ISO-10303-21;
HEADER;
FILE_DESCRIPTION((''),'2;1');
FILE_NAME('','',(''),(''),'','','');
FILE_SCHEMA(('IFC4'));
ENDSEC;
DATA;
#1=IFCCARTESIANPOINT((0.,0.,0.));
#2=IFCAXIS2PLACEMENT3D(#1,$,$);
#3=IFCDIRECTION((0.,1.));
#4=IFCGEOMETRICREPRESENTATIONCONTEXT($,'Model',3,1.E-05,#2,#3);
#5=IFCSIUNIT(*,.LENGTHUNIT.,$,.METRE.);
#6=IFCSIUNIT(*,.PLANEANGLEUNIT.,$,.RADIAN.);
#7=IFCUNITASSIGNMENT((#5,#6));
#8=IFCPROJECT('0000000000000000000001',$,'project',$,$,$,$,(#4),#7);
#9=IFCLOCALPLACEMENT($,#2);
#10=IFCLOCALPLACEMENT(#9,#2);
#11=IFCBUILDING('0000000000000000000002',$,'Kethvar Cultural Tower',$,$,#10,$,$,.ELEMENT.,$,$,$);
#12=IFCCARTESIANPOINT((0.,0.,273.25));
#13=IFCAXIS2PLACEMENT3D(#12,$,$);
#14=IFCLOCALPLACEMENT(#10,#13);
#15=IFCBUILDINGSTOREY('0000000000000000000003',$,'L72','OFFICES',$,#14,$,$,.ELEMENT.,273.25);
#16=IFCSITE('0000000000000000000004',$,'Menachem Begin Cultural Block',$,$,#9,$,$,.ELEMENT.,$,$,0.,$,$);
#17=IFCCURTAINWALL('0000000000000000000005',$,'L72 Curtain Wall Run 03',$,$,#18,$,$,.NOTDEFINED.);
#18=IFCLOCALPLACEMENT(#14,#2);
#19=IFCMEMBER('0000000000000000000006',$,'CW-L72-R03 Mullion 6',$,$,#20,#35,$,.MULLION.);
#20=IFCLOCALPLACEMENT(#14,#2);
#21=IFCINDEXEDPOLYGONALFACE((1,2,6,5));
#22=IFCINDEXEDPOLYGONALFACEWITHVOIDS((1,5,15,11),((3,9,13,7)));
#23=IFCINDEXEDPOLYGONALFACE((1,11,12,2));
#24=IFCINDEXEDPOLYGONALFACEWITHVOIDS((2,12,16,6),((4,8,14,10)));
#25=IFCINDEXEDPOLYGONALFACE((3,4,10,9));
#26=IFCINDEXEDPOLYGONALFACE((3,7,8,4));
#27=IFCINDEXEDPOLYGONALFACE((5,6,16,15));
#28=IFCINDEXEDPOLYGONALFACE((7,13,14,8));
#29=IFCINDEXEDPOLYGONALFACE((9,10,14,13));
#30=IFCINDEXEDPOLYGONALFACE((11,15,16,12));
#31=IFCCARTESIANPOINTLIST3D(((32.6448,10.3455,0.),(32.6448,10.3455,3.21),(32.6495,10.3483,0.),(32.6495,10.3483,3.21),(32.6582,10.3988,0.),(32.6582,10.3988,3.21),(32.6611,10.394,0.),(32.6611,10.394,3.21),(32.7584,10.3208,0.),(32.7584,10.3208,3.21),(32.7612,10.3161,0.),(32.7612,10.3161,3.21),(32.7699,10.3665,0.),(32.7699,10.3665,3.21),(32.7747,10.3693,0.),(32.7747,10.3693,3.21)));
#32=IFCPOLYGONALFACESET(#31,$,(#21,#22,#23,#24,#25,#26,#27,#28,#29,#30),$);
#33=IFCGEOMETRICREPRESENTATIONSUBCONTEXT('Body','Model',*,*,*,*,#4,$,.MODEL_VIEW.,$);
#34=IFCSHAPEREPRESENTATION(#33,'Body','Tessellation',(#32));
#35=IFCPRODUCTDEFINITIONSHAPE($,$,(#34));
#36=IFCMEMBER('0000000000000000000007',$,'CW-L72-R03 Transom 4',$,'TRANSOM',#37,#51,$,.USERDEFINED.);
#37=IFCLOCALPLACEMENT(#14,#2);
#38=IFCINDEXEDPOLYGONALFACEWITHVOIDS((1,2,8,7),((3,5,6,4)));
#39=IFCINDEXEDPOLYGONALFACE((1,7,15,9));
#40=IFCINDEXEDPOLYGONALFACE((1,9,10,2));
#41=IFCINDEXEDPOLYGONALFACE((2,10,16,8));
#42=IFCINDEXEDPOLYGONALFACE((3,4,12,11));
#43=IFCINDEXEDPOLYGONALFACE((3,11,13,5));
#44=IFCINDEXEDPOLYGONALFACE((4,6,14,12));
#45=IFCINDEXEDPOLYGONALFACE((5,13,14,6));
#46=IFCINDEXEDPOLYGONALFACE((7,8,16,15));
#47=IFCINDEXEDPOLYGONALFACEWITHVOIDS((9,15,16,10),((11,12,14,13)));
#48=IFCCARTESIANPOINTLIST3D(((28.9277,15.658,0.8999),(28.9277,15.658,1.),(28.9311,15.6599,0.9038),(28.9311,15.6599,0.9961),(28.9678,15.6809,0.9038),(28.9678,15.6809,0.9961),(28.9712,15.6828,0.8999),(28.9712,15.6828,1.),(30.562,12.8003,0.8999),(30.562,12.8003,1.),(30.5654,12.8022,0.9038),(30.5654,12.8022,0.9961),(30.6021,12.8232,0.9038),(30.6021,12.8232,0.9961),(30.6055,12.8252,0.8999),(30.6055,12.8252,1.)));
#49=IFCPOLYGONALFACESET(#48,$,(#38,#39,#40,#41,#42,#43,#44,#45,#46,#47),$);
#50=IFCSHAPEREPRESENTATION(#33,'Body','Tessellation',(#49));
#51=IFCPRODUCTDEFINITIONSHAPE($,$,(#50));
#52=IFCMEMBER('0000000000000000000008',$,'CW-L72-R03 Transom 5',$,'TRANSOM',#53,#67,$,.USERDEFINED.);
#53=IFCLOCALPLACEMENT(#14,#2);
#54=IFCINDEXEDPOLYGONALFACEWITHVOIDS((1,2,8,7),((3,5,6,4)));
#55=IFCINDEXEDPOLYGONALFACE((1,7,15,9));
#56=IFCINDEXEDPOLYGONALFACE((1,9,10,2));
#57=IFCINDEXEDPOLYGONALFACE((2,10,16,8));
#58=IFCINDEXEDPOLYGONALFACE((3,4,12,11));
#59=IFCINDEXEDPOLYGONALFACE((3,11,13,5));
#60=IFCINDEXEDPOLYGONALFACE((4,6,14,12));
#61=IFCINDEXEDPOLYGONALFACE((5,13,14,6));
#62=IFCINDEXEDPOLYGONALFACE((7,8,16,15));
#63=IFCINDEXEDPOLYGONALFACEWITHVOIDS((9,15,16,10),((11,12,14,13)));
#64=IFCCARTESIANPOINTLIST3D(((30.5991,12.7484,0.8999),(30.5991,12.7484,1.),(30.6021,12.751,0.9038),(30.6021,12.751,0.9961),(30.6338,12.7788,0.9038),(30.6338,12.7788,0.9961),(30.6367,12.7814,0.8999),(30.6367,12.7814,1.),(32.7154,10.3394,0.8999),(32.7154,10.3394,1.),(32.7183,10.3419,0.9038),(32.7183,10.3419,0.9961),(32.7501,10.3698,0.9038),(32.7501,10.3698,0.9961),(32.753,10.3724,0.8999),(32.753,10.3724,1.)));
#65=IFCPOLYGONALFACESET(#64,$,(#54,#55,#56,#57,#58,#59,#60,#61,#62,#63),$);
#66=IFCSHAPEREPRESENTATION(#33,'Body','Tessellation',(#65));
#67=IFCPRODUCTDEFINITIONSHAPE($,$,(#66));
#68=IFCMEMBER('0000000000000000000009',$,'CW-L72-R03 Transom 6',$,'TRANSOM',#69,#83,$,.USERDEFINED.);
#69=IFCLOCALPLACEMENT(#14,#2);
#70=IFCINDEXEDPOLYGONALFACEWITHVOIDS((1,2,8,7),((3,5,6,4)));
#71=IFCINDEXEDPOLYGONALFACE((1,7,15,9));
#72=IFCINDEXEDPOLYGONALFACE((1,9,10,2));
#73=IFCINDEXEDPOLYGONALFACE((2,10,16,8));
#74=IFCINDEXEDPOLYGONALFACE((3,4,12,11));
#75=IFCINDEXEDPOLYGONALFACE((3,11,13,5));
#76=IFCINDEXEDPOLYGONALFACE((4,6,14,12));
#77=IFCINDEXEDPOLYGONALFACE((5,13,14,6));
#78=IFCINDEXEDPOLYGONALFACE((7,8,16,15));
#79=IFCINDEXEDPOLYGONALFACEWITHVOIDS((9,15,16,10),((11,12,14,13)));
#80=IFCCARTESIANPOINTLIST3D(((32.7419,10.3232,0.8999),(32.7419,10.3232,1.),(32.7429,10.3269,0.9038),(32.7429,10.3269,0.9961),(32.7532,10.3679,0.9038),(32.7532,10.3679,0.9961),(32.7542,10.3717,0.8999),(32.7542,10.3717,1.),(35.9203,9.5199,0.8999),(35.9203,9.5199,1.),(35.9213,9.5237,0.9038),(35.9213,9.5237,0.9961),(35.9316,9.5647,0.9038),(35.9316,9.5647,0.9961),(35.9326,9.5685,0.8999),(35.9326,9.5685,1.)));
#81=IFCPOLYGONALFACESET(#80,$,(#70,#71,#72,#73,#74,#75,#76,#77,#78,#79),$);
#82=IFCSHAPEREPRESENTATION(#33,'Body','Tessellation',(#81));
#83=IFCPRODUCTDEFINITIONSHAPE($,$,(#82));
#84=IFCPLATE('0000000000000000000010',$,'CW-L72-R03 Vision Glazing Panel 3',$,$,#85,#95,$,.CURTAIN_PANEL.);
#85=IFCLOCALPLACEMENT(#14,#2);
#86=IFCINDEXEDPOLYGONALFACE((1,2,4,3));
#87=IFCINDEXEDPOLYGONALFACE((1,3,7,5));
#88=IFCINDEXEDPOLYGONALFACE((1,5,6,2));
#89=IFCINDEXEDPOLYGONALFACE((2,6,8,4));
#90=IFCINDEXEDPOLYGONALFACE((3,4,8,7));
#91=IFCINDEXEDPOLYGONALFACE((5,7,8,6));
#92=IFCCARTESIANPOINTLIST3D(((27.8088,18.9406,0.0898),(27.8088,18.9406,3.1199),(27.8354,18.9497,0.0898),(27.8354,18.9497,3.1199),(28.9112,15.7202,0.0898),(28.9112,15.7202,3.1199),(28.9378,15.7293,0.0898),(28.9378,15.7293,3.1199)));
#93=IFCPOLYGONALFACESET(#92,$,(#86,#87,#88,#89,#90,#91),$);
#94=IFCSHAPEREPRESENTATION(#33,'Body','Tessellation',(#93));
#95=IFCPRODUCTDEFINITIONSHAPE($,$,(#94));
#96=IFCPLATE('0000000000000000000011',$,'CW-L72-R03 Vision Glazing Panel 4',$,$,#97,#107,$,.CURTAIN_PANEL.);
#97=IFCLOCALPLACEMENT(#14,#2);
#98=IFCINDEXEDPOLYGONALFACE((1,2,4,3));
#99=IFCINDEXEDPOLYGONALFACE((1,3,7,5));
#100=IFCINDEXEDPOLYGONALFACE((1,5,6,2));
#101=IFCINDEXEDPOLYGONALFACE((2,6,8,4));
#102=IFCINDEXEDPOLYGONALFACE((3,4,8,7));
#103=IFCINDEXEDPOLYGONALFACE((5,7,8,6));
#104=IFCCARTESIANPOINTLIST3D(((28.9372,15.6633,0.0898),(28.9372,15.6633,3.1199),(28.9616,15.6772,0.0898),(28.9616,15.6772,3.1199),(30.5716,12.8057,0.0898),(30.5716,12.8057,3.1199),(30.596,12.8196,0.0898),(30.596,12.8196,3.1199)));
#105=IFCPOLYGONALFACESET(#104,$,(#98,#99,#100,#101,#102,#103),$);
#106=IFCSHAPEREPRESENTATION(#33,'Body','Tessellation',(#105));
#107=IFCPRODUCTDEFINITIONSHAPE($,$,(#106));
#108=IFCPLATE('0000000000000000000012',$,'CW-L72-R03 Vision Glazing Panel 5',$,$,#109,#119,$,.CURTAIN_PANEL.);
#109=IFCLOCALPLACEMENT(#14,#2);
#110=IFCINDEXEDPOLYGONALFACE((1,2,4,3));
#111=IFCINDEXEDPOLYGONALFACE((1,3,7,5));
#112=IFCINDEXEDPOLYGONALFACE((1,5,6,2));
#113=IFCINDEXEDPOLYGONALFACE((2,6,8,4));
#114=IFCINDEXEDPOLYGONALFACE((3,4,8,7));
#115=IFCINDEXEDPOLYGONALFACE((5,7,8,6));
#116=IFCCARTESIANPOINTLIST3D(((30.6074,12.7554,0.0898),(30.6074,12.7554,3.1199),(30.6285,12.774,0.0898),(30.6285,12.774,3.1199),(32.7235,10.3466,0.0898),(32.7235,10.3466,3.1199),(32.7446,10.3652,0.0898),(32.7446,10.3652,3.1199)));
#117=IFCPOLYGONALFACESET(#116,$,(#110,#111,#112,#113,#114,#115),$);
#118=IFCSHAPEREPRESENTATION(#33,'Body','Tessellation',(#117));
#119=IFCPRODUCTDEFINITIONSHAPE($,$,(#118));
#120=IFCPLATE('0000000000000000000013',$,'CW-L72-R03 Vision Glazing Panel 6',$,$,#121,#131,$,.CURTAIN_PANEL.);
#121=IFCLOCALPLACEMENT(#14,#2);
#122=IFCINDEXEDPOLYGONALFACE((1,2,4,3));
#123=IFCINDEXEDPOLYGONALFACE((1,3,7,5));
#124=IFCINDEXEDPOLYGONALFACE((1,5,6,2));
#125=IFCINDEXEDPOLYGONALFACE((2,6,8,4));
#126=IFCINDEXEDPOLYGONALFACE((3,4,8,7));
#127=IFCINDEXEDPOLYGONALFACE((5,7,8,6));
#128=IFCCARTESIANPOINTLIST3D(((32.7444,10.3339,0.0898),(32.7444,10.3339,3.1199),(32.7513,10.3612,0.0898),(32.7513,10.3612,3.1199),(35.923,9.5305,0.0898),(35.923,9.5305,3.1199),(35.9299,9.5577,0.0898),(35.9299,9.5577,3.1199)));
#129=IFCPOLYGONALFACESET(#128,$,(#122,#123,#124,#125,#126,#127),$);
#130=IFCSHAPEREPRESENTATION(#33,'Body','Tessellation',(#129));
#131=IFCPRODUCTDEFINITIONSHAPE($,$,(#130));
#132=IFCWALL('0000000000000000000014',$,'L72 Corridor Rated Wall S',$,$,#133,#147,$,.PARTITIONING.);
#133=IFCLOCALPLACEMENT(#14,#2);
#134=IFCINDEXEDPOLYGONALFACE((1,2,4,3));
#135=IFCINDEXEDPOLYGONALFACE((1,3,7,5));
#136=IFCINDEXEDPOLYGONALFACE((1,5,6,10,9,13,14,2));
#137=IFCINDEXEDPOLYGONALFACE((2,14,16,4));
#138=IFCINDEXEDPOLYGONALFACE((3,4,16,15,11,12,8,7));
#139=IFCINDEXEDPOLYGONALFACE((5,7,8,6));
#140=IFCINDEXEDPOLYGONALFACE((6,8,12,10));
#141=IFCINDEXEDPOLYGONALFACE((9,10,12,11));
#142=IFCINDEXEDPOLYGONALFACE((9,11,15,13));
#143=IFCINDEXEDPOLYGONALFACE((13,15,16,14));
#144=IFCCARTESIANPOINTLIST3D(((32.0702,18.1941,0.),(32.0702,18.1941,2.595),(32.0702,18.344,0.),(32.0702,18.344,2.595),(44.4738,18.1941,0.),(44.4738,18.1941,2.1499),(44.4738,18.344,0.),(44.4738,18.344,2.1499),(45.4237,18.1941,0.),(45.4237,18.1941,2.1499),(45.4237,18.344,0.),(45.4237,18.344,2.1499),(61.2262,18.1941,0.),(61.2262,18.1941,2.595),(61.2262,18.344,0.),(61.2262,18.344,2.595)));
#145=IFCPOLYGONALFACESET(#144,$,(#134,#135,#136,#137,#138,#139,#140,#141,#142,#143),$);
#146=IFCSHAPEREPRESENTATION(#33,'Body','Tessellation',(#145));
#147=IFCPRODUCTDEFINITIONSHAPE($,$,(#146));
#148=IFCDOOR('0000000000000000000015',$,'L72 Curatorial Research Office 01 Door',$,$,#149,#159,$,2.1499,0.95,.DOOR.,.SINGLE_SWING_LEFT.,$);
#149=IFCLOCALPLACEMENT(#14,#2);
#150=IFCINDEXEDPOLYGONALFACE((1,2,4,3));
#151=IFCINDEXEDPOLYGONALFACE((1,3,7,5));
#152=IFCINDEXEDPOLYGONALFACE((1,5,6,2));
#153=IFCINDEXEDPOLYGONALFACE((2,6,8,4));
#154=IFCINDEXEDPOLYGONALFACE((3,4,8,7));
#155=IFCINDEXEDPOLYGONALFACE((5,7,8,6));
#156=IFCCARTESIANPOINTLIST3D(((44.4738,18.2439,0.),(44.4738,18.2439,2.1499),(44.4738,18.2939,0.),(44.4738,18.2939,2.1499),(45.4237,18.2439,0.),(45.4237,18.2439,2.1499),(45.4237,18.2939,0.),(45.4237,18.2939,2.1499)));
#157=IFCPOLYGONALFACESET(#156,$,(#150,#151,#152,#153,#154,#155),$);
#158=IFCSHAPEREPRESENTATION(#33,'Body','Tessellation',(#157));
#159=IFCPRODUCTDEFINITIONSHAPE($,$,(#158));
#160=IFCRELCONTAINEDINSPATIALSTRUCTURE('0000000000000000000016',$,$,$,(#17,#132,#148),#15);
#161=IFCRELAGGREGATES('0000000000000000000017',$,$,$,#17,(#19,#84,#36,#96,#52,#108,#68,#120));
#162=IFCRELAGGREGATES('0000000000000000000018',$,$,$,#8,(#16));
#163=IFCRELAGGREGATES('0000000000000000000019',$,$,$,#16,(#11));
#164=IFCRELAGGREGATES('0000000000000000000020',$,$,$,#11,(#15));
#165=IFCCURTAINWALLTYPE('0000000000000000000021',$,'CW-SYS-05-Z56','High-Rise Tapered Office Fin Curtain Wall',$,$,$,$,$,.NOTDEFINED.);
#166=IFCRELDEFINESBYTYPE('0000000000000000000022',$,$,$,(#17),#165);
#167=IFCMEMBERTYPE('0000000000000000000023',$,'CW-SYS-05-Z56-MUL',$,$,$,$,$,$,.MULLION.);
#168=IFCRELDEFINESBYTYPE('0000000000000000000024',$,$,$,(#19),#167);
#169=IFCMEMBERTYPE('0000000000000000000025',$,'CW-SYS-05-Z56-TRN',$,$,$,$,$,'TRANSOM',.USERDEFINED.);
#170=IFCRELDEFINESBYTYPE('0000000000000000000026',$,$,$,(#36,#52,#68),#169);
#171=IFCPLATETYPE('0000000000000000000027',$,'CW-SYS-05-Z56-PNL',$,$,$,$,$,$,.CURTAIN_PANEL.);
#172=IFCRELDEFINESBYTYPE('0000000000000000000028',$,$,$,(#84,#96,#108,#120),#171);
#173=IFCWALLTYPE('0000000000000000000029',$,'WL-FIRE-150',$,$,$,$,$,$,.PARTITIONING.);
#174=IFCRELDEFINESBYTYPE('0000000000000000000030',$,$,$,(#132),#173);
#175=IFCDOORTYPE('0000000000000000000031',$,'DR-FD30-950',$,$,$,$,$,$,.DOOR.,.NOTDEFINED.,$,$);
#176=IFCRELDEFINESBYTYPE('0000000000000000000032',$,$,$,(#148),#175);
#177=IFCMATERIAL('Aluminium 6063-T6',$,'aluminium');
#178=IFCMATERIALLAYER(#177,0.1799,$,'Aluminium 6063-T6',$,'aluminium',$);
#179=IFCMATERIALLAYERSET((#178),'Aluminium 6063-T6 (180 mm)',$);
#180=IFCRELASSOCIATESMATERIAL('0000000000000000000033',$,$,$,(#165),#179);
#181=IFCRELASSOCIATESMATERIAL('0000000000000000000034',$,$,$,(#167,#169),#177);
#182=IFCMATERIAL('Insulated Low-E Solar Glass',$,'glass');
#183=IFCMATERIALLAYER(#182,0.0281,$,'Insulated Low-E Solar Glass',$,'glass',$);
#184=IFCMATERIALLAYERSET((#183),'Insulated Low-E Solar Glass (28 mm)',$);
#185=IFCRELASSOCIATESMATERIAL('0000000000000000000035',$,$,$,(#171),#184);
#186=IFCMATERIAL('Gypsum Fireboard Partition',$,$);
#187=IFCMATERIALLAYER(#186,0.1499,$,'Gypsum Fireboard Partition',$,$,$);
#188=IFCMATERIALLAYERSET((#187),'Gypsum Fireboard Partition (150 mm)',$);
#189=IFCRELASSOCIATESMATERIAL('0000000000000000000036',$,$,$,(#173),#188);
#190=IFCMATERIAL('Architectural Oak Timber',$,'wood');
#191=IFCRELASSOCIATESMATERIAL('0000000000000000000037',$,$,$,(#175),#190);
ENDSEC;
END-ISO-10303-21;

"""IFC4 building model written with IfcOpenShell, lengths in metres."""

from ifc_helpers import new_model, si_unit, direction, frame, frame_2d, origin, origin_2d, place, context, subcontext, project, spatial, rectangle, hollow_rectangle, extrude, source, transform, mapped, material, layer, layer_set, material_profile, profile_set, type_object, element, fill, aggregate, save


model = new_model("IFC4")

# Units and contexts
model_context = context("Model", 3, precision=1e-05, world=origin(), true_north=direction((0.0, 1.0)))
body_context = subcontext(model_context, "Body", "Model", "MODEL_VIEW")
ifc_project = project(units=[si_unit("LENGTHUNIT", "METRE"), si_unit("PLANEANGLEUNIT", "RADIAN")], contexts=[model_context])

# Site, building, storey
site_placement = place(None, origin())
site = spatial("IfcSite", under=ifc_project, at=site_placement, Name="Menachem Begin Cultural Block", CompositionType="ELEMENT", RefElevation=0.0)
building_placement = place(site_placement, origin())
building = spatial("IfcBuilding", under=site, at=building_placement, Name="Kethvar Cultural Tower", CompositionType="ELEMENT")
storey_placement = place(building_placement, frame((0.0, 0.0, 273.25)))
storey = spatial("IfcBuildingStorey", under=building, at=storey_placement, Name="L72", Description="OFFICES", CompositionType="ELEMENT", Elevation=273.25)

# Curtain wall, members, plates
ifc_material_1 = material(Name="Aluminium 6063-T6", Category="aluminium")
ifc_layer_1 = layer(ifc_material_1, 0.1799, Name="Aluminium 6063-T6", Category="aluminium")
ifc_layer_set_1 = layer_set([ifc_layer_1], Name="Aluminium 6063-T6 (180 mm)")
curtain_wall_type = type_object("IfcCurtainWallType", Name="CW-SYS-05-Z56", Description="High-Rise Tapered Office Fin Curtain Wall", PredefinedType="NOTDEFINED", material=ifc_layer_set_1)
curtain_wall_placement = place(storey_placement, origin())
curtain_wall = element("IfcCurtainWall", 1, at=curtain_wall_placement, inside=storey, type_object=curtain_wall_type, Name="L72 Curtain Wall Run 03", PredefinedType="NOTDEFINED")
ifc_material_profile_1 = material_profile(ifc_material_1, hollow_rectangle(XDim=0.0549, YDim=0.1201, WallThickness=0.0039, at=origin_2d()), Name="Aluminium 6063-T6 — RHS120x55x4")
ifc_profile_set_1 = profile_set([ifc_material_profile_1], Name="Aluminium 6063-T6 — RHS120x55x4")
member_type_1 = type_object("IfcMemberType", Name="CW-SYS-05-Z56-MUL", PredefinedType="MULLION", material=ifc_profile_set_1)
shared_shape_1 = source(origin(), body_context, "Body", "SweptSolid", [
    extrude(hollow_rectangle(XDim=0.0549, YDim=0.1201, WallThickness=0.0039, at=origin_2d()), origin(), (0.0, 0.0, 1.0), 3.21),
])
member_1_placement = place(storey_placement, frame((32.7097, 10.3574, 0.0), z_axis=(0.0, 0.0, 1.0), x_axis=(0.24507, 0.969505, 0.0)))
member_1 = element("IfcMember", 2, at=member_1_placement, type_object=member_type_1, Name="CW-L72-R03 Mullion 6", PredefinedType="MULLION", context=body_context, shape_type="MappedRepresentation", body=[
    mapped(shared_shape_1, transform((0.0, 0.0, 0.0), scale=1.0)),
])
ifc_material_profile_2 = material_profile(ifc_material_1, hollow_rectangle(XDim=0.05, YDim=0.1001, WallThickness=0.0039, at=origin_2d()), Name="Aluminium 6063-T6 — RHS100x50x4")
ifc_profile_set_2 = profile_set([ifc_material_profile_2], Name="Aluminium 6063-T6 — RHS100x50x4")
member_type_2 = type_object("IfcMemberType", Name="CW-SYS-05-Z56-TRN", ElementType="TRANSOM", PredefinedType="USERDEFINED", material=ifc_profile_set_2)
shared_shape_2 = source(origin(), body_context, "Body", "SweptSolid", [
    extrude(hollow_rectangle(XDim=0.05, YDim=0.1001, WallThickness=0.0039, at=origin_2d()), origin(), (0.0, 0.0, 1.0), 3.292),
])
member_2_placement = place(storey_placement, frame((28.9495, 15.6704, 0.95), z_axis=(0.496442, -0.86807, 0.0), x_axis=(0.86807, 0.496442, 0.0)))
member_2 = element("IfcMember", 3, at=member_2_placement, type_object=member_type_2, Name="CW-L72-R03 Transom 4", ObjectType="TRANSOM", PredefinedType="USERDEFINED", context=body_context, shape_type="MappedRepresentation", body=[
    mapped(shared_shape_2, transform((0.0, 0.0, 0.0), scale=1.0)),
])
shared_shape_3 = source(origin(), body_context, "Body", "SweptSolid", [
    extrude(hollow_rectangle(XDim=0.05, YDim=0.1001, WallThickness=0.0039, at=origin_2d()), origin(), (0.0, 0.0, 1.0), 3.2065),
])
member_3_placement = place(storey_placement, frame((30.6179, 12.7649, 0.95), z_axis=(0.659986, -0.751278, 0.0), x_axis=(0.751278, 0.659986, 0.0)))
member_3 = element("IfcMember", 4, at=member_3_placement, type_object=member_type_2, Name="CW-L72-R03 Transom 5", ObjectType="TRANSOM", PredefinedType="USERDEFINED", context=body_context, shape_type="MappedRepresentation", body=[
    mapped(shared_shape_3, transform((0.0, 0.0, 0.0), scale=1.0)),
])
shared_shape_4 = source(origin(), body_context, "Body", "SweptSolid", [
    extrude(hollow_rectangle(XDim=0.05, YDim=0.1001, WallThickness=0.0039, at=origin_2d()), origin(), (0.0, 0.0, 1.0), 3.2783),
])
member_4_placement = place(storey_placement, frame((32.748, 10.3474, 0.95), z_axis=(0.969522, -0.245005, 0.0), x_axis=(0.245005, 0.969522, 0.0)))
member_4 = element("IfcMember", 5, at=member_4_placement, type_object=member_type_2, Name="CW-L72-R03 Transom 6", ObjectType="TRANSOM", PredefinedType="USERDEFINED", context=body_context, shape_type="MappedRepresentation", body=[
    mapped(shared_shape_4, transform((0.0, 0.0, 0.0), scale=1.0)),
])
ifc_material_2 = material(Name="Insulated Low-E Solar Glass", Category="glass")
ifc_layer_2 = layer(ifc_material_2, 0.0281, Name="Insulated Low-E Solar Glass", Category="glass")
ifc_layer_set_2 = layer_set([ifc_layer_2], Name="Insulated Low-E Solar Glass (28 mm)")
plate_type = type_object("IfcPlateType", Name="CW-SYS-05-Z56-PNL", PredefinedType="CURTAIN_PANEL", material=ifc_layer_set_2)
shared_shape_5 = source(origin(), body_context, "Body", "SweptSolid", [
    extrude(rectangle(XDim=3.4038, YDim=0.0281, at=origin_2d()), origin(), (0.0, 0.0, 1.0), 3.03),
])
plate_1_placement = place(storey_placement, frame((28.3733, 17.335, 0.0898), z_axis=(0.0, 0.0, 1.0), x_axis=(0.323884, -0.946097, 0.0)))
plate_1 = element("IfcPlate", 6, at=plate_1_placement, type_object=plate_type, Name="CW-L72-R03 Vision Glazing Panel 3", PredefinedType="CURTAIN_PANEL", context=body_context, shape_type="MappedRepresentation", body=[
    mapped(shared_shape_5, transform((0.0, 0.0, 0.0), scale=1.0)),
])
shared_shape_6 = source(origin(), body_context, "Body", "SweptSolid", [
    extrude(rectangle(XDim=3.292, YDim=0.0281, at=origin_2d()), origin(), (0.0, 0.0, 1.0), 3.03),
])
plate_2_placement = place(storey_placement, frame((29.7666, 14.2415, 0.0898), z_axis=(0.0, 0.0, 1.0), x_axis=(0.496474, -0.868052, 0.0)))
plate_2 = element("IfcPlate", 7, at=plate_2_placement, type_object=plate_type, Name="CW-L72-R03 Vision Glazing Panel 4", PredefinedType="CURTAIN_PANEL", context=body_context, shape_type="MappedRepresentation", body=[
    mapped(shared_shape_6, transform((0.0, 0.0, 0.0), scale=1.0)),
])
shared_shape_7 = source(origin(), body_context, "Body", "SweptSolid", [
    extrude(rectangle(XDim=3.2063, YDim=0.0281, at=origin_2d()), origin(), (0.0, 0.0, 1.0), 3.03),
])
plate_3_placement = place(storey_placement, frame((31.676, 11.5603, 0.0898), z_axis=(0.0, 0.0, 1.0), x_axis=(0.659989, -0.751276, 0.0)))
plate_3 = element("IfcPlate", 8, at=plate_3_placement, type_object=plate_type, Name="CW-L72-R03 Vision Glazing Panel 5", PredefinedType="CURTAIN_PANEL", context=body_context, shape_type="MappedRepresentation", body=[
    mapped(shared_shape_7, transform((0.0, 0.0, 0.0), scale=1.0)),
])
shared_shape_8 = source(origin(), body_context, "Body", "SweptSolid", [
    extrude(rectangle(XDim=3.2786, YDim=0.0281, at=origin_2d()), origin(), (0.0, 0.0, 1.0), 3.03),
])
plate_4_placement = place(storey_placement, frame((34.3372, 9.9458, 0.0898), z_axis=(0.0, 0.0, 1.0), x_axis=(0.969505, -0.24507, 0.0)))
plate_4 = element("IfcPlate", 9, at=plate_4_placement, type_object=plate_type, Name="CW-L72-R03 Vision Glazing Panel 6", PredefinedType="CURTAIN_PANEL", context=body_context, shape_type="MappedRepresentation", body=[
    mapped(shared_shape_8, transform((0.0, 0.0, 0.0), scale=1.0)),
])
aggregate(curtain_wall, [member_1, plate_1, member_2, plate_2, member_3, plate_3, member_4, plate_4])

# Wall, opening, door
ifc_material_3 = material(Name="Gypsum Fireboard Partition")
ifc_layer_3 = layer(ifc_material_3, 0.1499, Name="Gypsum Fireboard Partition")
ifc_layer_set_3 = layer_set([ifc_layer_3], Name="Gypsum Fireboard Partition (150 mm)")
wall_type_1 = type_object("IfcWallType", Name="WL-FIRE-150", PredefinedType="PARTITIONING", material=ifc_layer_set_3)
wall_1_placement = place(storey_placement, frame((32.0701, 18.269, 0.0), z_axis=(0.0, 0.0, 1.0), x_axis=(1.0, 0.0, 0.0)))
wall_1 = element("IfcWall", 10, at=wall_1_placement, inside=storey, type_object=wall_type_1, Name="L72 Corridor Rated Wall S", PredefinedType="PARTITIONING", context=body_context, shape_type="SweptSolid", body=[
    extrude(rectangle(XDim=29.156, YDim=0.1499, at=frame_2d((14.5781, 0.0))), origin(), (0.0, 0.0, 1.0), 2.595),
])
opening_placement = place(wall_1_placement, frame((12.4036, 0.0, 0.0)))
opening = element("IfcOpeningElement", 11, at=opening_placement, cuts=wall_1, PredefinedType="OPENING", context=body_context, shape_type="SweptSolid", body=[
    extrude(rectangle(XDim=0.95, YDim=2.1499, at=frame_2d((0.4751, 1.075))), frame((0.0, 0.085, 0.0), z_axis=(0.0, -1.0, 0.0), x_axis=(1.0, 0.0, 0.0)), (0.0, 0.0, 1.0), 0.1699),
])
ifc_material_4 = material(Name="Architectural Oak Timber", Category="wood")
door_type = type_object("IfcDoorType", Name="DR-FD30-950", OperationType="NOTDEFINED", PredefinedType="DOOR", material=ifc_material_4)
shared_shape_9 = source(origin(), body_context, "Body", "SweptSolid", [
    extrude(rectangle(XDim=0.95, YDim=2.1499, at=frame_2d((0.4751, 1.075))), frame((0.0, 0.0249, 0.0), z_axis=(0.0, -1.0, 0.0), x_axis=(1.0, 0.0, 0.0)), (0.0, 0.0, 1.0), 0.05),
])
door_placement = place(opening_placement, origin())
door = element("IfcDoor", 12, at=door_placement, inside=storey, type_object=door_type, Name="L72 Curatorial Research Office 01 Door", OperationType="SINGLE_SWING_LEFT", OverallHeight=2.1499, OverallWidth=0.95, PredefinedType="DOOR", context=body_context, shape_type="MappedRepresentation", body=[
    mapped(shared_shape_9, transform((0.0, 0.0, 0.0), scale=1.0)),
])
fill(opening, door)

save(model, "model.ifc")
